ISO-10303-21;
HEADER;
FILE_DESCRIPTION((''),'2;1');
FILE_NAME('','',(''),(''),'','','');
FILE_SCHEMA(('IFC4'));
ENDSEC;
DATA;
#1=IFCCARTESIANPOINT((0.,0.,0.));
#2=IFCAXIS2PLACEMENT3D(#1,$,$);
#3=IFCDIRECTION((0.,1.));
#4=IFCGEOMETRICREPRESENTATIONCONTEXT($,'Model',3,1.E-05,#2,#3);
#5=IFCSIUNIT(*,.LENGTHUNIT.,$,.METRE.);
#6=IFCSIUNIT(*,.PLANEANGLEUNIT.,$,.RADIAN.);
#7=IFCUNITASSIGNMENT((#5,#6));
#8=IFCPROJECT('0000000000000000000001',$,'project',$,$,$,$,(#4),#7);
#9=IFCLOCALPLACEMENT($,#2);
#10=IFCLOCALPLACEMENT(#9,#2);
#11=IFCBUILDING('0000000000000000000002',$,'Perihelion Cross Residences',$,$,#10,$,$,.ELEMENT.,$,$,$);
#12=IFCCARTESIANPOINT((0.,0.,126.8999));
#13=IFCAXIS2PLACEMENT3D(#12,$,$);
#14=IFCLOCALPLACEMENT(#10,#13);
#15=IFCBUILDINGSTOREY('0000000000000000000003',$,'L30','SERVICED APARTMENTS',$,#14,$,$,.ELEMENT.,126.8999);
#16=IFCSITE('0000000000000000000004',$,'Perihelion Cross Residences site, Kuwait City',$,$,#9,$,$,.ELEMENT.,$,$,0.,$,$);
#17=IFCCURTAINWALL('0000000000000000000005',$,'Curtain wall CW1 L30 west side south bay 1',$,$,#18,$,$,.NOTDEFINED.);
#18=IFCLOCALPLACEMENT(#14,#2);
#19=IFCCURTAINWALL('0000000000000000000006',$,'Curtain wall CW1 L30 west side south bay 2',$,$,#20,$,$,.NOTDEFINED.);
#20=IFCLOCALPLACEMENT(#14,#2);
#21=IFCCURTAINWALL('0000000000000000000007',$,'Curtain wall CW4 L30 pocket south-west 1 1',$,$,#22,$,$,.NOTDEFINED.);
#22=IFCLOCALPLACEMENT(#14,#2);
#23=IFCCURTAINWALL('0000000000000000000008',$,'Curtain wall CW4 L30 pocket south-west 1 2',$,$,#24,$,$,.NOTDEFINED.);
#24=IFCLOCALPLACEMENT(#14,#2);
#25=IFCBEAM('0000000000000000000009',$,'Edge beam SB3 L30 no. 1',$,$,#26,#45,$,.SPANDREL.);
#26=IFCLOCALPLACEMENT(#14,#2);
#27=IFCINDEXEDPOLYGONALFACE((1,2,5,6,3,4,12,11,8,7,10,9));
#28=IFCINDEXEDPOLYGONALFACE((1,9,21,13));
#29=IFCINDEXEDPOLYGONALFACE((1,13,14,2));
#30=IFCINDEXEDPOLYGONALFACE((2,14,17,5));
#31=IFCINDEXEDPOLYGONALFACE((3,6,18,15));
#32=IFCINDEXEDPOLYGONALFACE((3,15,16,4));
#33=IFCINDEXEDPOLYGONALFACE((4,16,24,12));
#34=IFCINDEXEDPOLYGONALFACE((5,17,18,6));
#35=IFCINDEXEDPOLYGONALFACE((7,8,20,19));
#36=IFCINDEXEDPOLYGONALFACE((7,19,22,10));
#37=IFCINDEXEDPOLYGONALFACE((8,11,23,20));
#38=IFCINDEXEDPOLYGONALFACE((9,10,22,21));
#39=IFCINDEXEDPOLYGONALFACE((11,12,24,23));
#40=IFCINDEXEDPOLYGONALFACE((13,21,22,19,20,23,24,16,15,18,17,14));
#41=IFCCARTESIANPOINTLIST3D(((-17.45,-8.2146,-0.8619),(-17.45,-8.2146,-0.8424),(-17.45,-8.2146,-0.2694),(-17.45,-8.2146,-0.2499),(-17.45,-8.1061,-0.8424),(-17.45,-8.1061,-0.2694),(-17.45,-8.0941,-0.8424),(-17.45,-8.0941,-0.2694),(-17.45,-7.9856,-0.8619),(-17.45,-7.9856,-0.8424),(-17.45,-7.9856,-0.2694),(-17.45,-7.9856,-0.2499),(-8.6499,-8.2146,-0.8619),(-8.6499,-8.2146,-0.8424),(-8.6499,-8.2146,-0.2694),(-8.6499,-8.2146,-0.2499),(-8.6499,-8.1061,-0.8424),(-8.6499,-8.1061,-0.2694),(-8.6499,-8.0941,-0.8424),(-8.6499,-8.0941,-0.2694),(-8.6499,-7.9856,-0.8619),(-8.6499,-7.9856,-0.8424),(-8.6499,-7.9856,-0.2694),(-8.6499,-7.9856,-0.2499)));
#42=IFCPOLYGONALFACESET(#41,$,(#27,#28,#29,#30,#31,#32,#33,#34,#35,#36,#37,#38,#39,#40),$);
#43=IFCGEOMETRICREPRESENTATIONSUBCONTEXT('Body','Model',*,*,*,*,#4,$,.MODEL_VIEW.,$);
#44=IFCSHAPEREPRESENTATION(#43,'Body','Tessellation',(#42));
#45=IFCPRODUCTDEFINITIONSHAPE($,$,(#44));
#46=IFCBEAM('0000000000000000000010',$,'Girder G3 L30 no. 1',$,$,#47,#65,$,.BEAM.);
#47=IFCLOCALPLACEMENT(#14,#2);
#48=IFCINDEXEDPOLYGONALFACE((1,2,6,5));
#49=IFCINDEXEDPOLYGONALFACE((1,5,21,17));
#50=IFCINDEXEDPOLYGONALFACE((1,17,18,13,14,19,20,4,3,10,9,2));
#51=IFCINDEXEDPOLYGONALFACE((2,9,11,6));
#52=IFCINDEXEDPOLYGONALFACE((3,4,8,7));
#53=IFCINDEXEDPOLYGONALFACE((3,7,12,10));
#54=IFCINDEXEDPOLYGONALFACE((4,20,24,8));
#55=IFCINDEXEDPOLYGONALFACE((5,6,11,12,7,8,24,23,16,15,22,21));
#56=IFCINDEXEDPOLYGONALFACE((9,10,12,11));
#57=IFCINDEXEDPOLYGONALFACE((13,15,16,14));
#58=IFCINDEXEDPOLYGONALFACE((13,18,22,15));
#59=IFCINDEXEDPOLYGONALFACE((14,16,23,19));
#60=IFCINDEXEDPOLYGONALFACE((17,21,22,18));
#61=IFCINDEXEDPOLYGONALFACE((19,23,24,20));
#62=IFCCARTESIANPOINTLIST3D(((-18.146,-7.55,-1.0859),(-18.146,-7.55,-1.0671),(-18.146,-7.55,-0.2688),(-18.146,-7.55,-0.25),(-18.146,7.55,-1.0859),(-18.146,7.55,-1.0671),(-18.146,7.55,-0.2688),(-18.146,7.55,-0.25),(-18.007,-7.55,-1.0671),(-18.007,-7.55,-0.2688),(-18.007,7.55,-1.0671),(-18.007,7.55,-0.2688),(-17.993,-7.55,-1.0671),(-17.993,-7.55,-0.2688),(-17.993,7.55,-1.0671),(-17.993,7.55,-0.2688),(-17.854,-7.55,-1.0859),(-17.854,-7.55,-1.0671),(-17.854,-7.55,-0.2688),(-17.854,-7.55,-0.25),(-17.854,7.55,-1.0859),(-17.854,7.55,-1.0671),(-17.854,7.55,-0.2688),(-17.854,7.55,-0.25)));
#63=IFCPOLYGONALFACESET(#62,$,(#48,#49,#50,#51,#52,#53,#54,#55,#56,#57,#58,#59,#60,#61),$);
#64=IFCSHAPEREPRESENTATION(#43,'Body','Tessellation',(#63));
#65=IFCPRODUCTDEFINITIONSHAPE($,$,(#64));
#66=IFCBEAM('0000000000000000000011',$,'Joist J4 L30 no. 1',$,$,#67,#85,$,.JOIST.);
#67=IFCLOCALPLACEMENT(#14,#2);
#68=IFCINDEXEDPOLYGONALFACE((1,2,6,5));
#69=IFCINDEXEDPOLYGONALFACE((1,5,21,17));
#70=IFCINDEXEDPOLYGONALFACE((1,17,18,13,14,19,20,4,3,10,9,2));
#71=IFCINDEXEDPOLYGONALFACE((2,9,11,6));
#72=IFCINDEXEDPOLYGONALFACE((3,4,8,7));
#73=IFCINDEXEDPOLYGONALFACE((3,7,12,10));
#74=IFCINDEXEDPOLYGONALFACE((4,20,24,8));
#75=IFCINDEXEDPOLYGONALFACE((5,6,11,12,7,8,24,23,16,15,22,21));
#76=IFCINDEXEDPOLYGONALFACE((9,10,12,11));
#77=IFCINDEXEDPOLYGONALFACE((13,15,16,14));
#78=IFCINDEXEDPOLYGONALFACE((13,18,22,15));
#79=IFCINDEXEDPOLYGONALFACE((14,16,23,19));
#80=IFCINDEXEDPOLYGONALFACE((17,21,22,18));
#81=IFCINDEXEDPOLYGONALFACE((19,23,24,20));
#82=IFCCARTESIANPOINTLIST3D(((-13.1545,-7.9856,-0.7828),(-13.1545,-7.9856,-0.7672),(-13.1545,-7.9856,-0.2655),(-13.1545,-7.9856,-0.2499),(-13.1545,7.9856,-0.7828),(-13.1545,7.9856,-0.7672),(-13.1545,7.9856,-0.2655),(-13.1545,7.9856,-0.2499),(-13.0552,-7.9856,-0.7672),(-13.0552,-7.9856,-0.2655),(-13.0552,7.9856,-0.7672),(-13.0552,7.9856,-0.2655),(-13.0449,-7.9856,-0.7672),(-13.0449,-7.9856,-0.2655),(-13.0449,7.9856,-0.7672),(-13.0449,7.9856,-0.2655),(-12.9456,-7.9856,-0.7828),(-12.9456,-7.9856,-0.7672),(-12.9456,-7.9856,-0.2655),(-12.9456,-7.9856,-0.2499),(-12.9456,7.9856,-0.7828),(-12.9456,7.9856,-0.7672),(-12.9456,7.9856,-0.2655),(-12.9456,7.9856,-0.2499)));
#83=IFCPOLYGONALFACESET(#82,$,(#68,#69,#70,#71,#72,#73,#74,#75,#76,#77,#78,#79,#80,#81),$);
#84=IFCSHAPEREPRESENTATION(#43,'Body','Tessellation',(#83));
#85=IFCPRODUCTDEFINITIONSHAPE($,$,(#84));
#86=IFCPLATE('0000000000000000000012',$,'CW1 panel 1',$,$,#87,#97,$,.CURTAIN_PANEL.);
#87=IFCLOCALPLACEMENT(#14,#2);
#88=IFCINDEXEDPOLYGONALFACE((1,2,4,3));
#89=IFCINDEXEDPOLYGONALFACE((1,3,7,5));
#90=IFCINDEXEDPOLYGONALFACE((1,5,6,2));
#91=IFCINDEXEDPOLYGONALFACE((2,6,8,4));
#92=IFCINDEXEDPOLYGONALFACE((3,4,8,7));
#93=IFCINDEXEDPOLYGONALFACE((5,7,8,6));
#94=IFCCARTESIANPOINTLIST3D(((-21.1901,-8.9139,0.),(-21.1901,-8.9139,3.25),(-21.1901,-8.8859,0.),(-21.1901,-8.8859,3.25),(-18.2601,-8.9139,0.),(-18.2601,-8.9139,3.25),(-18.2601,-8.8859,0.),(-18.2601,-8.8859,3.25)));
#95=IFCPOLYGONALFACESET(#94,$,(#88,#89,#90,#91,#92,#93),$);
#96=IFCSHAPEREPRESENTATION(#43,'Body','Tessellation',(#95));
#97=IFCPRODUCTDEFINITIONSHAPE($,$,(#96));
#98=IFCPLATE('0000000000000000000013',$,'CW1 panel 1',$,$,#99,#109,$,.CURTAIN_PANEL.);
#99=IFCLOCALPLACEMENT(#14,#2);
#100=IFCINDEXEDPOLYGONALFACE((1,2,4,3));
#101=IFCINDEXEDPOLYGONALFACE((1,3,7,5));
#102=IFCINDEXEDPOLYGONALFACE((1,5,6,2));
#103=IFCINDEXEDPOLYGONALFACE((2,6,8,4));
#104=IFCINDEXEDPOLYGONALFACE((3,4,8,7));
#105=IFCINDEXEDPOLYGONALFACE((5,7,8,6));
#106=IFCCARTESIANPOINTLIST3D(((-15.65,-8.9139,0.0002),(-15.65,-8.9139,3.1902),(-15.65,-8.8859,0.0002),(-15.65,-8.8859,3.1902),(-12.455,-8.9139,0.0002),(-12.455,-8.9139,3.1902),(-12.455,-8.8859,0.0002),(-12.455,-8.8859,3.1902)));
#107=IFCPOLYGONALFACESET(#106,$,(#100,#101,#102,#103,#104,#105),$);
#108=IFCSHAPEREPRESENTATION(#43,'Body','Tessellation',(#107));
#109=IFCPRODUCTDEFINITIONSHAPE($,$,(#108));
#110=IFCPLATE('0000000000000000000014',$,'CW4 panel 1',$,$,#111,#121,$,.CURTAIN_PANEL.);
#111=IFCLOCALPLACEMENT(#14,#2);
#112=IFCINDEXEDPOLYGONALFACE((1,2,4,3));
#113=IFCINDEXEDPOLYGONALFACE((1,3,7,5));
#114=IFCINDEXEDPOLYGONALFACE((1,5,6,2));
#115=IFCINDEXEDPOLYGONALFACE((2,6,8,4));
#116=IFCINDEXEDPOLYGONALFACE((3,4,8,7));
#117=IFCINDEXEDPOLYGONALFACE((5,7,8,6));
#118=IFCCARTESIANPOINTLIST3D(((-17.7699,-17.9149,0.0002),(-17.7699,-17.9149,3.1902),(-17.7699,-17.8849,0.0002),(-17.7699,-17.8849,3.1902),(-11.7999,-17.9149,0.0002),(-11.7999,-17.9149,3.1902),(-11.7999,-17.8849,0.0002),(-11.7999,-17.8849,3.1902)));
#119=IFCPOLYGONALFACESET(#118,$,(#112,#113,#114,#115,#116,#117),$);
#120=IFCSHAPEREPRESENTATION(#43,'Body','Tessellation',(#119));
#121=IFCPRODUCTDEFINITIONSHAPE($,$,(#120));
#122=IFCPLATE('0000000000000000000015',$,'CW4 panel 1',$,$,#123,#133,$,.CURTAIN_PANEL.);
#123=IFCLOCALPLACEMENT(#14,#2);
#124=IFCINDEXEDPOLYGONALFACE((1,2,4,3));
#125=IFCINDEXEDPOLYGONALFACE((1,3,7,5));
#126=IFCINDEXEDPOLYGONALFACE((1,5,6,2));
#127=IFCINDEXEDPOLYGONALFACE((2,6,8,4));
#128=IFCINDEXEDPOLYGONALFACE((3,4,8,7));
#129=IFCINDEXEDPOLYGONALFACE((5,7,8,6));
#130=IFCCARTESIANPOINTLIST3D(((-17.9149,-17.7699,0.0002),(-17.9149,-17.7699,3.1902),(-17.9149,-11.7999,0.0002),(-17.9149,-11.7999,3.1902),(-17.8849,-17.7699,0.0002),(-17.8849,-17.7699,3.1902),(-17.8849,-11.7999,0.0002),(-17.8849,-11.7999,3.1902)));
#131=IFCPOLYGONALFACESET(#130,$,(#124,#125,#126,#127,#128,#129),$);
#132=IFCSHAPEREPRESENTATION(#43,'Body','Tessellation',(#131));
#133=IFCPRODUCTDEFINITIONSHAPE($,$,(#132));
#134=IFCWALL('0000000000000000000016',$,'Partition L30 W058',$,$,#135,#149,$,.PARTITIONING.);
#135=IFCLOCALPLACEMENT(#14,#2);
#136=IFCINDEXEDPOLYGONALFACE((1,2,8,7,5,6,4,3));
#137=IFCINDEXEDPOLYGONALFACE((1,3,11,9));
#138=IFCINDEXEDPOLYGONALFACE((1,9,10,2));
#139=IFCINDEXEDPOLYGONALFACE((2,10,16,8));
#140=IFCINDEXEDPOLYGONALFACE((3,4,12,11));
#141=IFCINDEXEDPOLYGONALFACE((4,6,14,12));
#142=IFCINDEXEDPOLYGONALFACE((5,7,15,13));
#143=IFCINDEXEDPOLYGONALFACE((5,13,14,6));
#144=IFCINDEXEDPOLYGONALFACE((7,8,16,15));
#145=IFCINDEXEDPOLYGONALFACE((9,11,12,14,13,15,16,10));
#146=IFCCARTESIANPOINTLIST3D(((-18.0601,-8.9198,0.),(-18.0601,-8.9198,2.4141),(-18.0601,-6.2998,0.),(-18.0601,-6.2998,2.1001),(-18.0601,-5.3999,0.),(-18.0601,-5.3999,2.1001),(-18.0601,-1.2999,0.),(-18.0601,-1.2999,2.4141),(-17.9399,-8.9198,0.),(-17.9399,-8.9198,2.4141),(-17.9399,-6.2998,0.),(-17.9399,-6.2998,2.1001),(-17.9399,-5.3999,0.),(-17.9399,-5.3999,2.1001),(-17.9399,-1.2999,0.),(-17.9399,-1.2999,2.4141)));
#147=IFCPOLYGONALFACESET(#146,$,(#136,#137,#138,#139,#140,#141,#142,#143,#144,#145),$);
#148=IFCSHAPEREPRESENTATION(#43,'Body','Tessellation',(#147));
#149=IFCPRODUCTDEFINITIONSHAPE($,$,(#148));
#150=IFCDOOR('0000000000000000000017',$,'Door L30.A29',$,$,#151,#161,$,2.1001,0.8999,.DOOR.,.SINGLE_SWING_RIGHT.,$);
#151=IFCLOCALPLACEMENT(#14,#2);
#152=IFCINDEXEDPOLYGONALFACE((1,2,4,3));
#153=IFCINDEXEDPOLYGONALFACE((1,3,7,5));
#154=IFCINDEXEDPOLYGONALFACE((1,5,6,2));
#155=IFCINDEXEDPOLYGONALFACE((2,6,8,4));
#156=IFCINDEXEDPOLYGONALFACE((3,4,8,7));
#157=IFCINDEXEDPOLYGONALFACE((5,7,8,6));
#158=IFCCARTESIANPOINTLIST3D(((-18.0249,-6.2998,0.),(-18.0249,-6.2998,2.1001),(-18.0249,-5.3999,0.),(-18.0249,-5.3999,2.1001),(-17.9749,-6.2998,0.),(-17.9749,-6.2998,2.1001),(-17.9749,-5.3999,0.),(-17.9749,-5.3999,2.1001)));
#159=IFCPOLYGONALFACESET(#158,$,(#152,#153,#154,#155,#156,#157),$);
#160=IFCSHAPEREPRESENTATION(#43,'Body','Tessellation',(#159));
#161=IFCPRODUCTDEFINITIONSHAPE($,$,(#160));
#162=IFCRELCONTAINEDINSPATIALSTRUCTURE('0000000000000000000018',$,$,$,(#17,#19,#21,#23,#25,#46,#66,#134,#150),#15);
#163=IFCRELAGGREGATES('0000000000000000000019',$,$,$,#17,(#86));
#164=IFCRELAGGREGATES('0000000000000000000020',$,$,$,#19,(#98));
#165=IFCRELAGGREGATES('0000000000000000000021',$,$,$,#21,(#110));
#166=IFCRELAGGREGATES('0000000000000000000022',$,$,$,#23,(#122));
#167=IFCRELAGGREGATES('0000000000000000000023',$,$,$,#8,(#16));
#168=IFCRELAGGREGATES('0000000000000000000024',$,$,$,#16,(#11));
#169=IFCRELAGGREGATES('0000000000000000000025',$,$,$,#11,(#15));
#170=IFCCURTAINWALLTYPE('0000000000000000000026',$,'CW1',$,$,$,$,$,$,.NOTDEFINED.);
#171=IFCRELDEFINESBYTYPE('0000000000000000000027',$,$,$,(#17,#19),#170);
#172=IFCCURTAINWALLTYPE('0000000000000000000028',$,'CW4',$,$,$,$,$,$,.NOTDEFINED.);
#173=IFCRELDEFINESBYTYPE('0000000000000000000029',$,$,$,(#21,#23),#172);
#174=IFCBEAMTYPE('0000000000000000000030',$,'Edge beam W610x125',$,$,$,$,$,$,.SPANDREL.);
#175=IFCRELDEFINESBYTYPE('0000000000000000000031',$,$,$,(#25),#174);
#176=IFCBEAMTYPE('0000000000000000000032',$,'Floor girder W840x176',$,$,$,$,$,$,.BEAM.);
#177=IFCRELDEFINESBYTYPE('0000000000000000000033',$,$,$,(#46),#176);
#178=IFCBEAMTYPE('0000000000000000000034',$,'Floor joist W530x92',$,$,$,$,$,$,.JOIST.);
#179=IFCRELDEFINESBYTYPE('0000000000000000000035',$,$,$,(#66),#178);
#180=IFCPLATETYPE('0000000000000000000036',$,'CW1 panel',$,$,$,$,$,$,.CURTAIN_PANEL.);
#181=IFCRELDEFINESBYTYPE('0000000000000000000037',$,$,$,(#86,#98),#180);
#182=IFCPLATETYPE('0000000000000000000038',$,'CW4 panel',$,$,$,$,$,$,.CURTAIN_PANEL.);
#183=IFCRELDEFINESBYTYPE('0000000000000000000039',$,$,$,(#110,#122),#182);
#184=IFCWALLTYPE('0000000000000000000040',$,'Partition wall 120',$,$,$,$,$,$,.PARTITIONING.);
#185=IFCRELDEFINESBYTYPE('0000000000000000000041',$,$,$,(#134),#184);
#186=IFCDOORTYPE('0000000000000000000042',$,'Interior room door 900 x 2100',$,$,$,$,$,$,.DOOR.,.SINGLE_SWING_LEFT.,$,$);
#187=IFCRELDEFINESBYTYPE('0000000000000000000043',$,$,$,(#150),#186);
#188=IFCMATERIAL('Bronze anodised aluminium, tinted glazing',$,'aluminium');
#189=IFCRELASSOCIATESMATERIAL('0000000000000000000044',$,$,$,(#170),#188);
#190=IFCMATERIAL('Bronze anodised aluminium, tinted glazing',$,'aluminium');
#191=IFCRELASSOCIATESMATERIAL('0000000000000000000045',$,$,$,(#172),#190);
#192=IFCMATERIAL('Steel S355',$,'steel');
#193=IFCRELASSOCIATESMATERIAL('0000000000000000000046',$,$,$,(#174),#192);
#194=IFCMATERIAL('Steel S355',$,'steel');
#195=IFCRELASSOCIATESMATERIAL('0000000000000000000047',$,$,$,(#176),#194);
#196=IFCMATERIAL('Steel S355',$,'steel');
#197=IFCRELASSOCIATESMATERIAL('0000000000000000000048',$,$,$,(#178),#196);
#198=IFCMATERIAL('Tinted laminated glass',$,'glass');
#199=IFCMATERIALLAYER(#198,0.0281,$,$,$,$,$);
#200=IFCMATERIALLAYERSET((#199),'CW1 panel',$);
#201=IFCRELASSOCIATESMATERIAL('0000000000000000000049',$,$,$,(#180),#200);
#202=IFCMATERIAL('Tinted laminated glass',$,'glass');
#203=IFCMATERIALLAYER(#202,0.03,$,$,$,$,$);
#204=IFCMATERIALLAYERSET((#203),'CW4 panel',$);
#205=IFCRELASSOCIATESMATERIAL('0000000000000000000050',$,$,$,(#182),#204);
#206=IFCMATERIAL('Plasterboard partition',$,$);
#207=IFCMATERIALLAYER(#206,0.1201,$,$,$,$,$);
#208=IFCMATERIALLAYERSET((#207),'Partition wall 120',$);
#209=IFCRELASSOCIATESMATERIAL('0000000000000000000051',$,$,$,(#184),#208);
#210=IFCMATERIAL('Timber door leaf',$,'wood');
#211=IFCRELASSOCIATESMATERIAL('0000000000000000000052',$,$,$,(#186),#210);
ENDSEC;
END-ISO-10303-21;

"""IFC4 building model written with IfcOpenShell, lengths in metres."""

from ifc_helpers import new_model, si_unit, direction, frame, frame_2d, origin, origin_2d, place, context, subcontext, project, spatial, rectangle, i_section, extrude, material, layer, layer_set, material_profile, profile_set, type_object, element, fill, aggregate, save


model = new_model("IFC4")

# Units and contexts
model_context = context("Model", 3, precision=1e-05, world=origin(), true_north=direction((0.0, 1.0)))
body_context = subcontext(model_context, "Body", "Model", "MODEL_VIEW")
ifc_project = project(units=[si_unit("LENGTHUNIT", "METRE"), si_unit("PLANEANGLEUNIT", "RADIAN")], contexts=[model_context])

# Site, building, storey
site_placement = place(None, origin())
site = spatial("IfcSite", under=ifc_project, at=site_placement, Name="Perihelion Cross Residences site, Kuwait City", CompositionType="ELEMENT", RefElevation=0.0)
building_placement = place(site_placement, origin())
building = spatial("IfcBuilding", under=site, at=building_placement, Name="Perihelion Cross Residences", CompositionType="ELEMENT")
storey_placement = place(building_placement, frame((0.0, 0.0, 126.8999)))
storey = spatial("IfcBuildingStorey", under=building, at=storey_placement, Name="L30", Description="SERVICED APARTMENTS", CompositionType="ELEMENT", Elevation=126.8999)

# Curtain wall
ifc_material_1 = material(Name="Bronze anodised aluminium, tinted glazing", Category="aluminium")
curtain_wall_type_1 = type_object("IfcCurtainWallType", Name="CW1", PredefinedType="NOTDEFINED", material=ifc_material_1)
curtain_wall_1_placement = place(storey_placement, origin())
curtain_wall_1 = element("IfcCurtainWall", 1, at=curtain_wall_1_placement, inside=storey, type_object=curtain_wall_type_1, Name="Curtain wall CW1 L30 west side south bay 1", PredefinedType="NOTDEFINED")

# Curtain walls
curtain_wall_2_placement = place(storey_placement, origin())
curtain_wall_2 = element("IfcCurtainWall", 2, at=curtain_wall_2_placement, inside=storey, type_object=curtain_wall_type_1, Name="Curtain wall CW1 L30 west side south bay 2", PredefinedType="NOTDEFINED")
ifc_material_2 = material(Name="Bronze anodised aluminium, tinted glazing", Category="aluminium")
curtain_wall_type_2 = type_object("IfcCurtainWallType", Name="CW4", PredefinedType="NOTDEFINED", material=ifc_material_2)
curtain_wall_3_placement = place(storey_placement, origin())
curtain_wall_3 = element("IfcCurtainWall", 3, at=curtain_wall_3_placement, inside=storey, type_object=curtain_wall_type_2, Name="Curtain wall CW4 L30 pocket south-west 1 1", PredefinedType="NOTDEFINED")
curtain_wall_4_placement = place(storey_placement, origin())
curtain_wall_4 = element("IfcCurtainWall", 4, at=curtain_wall_4_placement, inside=storey, type_object=curtain_wall_type_2, Name="Curtain wall CW4 L30 pocket south-west 1 2", PredefinedType="NOTDEFINED")

# Beams
ifc_material_3 = material(Name="Steel S355", Category="steel")
ifc_material_profile_1 = material_profile(ifc_material_3, i_section(OverallWidth=0.229, OverallDepth=0.6121, WebThickness=0.012, FlangeThickness=0.0195, at=origin_2d()), Name="W610x125")
ifc_profile_set_1 = profile_set([ifc_material_profile_1], Name="Steel S355")
beam_type_1 = type_object("IfcBeamType", Name="Edge beam W610x125", PredefinedType="SPANDREL", material=ifc_profile_set_1)
beam_1_placement = place(storey_placement, frame((-17.45, -8.1001, -0.5559), z_axis=(1.0, 0.0, 0.0), x_axis=(0.0, 1.0, 0.0)))
element("IfcBeam", 5, at=beam_1_placement, inside=storey, type_object=beam_type_1, Name="Edge beam SB3 L30 no. 1", PredefinedType="SPANDREL", context=body_context, shape_type="SweptSolid", body=[
    extrude(i_section(OverallWidth=0.229, OverallDepth=0.6121, WebThickness=0.012, FlangeThickness=0.0195, at=origin_2d()), origin(), (0.0, 0.0, 1.0), 8.8),
])
ifc_material_4 = material(Name="Steel S355", Category="steel")
ifc_material_profile_2 = material_profile(ifc_material_4, i_section(OverallWidth=0.292, OverallDepth=0.8359, WebThickness=0.0139, FlangeThickness=0.0188, at=origin_2d()), Name="W840x176")
ifc_profile_set_2 = profile_set([ifc_material_profile_2], Name="Steel S355")
beam_type_2 = type_object("IfcBeamType", Name="Floor girder W840x176", PredefinedType="BEAM", material=ifc_profile_set_2)
beam_2_placement = place(storey_placement, frame((-18.0, -7.55, -0.668), z_axis=(0.0, 1.0, 0.0), x_axis=(-1.0, 0.0, 0.0)))
element("IfcBeam", 6, at=beam_2_placement, inside=storey, type_object=beam_type_2, Name="Girder G3 L30 no. 1", PredefinedType="BEAM", context=body_context, shape_type="SweptSolid", body=[
    extrude(i_section(OverallWidth=0.292, OverallDepth=0.8359, WebThickness=0.0139, FlangeThickness=0.0188, at=origin_2d()), origin(), (0.0, 0.0, 1.0), 15.1001),
])
ifc_material_5 = material(Name="Steel S355", Category="steel")
ifc_material_profile_3 = material_profile(ifc_material_5, i_section(OverallWidth=0.209, OverallDepth=0.533, WebThickness=0.0103, FlangeThickness=0.0156, at=origin_2d()), Name="W530x92")
ifc_profile_set_3 = profile_set([ifc_material_profile_3], Name="Steel S355")
beam_type_3 = type_object("IfcBeamType", Name="Floor joist W530x92", PredefinedType="JOIST", material=ifc_profile_set_3)
beam_3_placement = place(storey_placement, frame((-13.05, -7.9856, -0.5164), z_axis=(0.0, 1.0, 0.0), x_axis=(-1.0, 0.0, 0.0)))
element("IfcBeam", 7, at=beam_3_placement, inside=storey, type_object=beam_type_3, Name="Joist J4 L30 no. 1", PredefinedType="JOIST", context=body_context, shape_type="SweptSolid", body=[
    extrude(i_section(OverallWidth=0.209, OverallDepth=0.533, WebThickness=0.0103, FlangeThickness=0.0156, at=origin_2d()), origin(), (0.0, 0.0, 1.0), 15.9712),
])

# Plates
ifc_material_6 = material(Name="Tinted laminated glass", Category="glass")
ifc_layer_1 = layer(ifc_material_6, 0.0281)
ifc_layer_set_1 = layer_set([ifc_layer_1], Name="CW1 panel")
plate_type_1 = type_object("IfcPlateType", Name="CW1 panel", PredefinedType="CURTAIN_PANEL", material=ifc_layer_set_1)
plate_1_placement = place(storey_placement, frame((-19.7251, -8.8999, 0.0), z_axis=(0.0, 0.0, 1.0), x_axis=(1.0, 0.0, 0.0)))
plate_1 = element("IfcPlate", 8, at=plate_1_placement, type_object=plate_type_1, Name="CW1 panel 1", PredefinedType="CURTAIN_PANEL", context=body_context, shape_type="SweptSolid", body=[
    extrude(rectangle(XDim=2.9299, YDim=0.0281, at=origin_2d()), origin(), (0.0, 0.0, 1.0), 3.25),
])
aggregate(curtain_wall_1, [plate_1])
plate_2_placement = place(storey_placement, frame((-14.0525, -8.8999, 0.0002), z_axis=(0.0, 0.0, 1.0), x_axis=(1.0, 0.0, 0.0)))
plate_2 = element("IfcPlate", 9, at=plate_2_placement, type_object=plate_type_1, Name="CW1 panel 1", PredefinedType="CURTAIN_PANEL", context=body_context, shape_type="SweptSolid", body=[
    extrude(rectangle(XDim=3.1951, YDim=0.0281, at=origin_2d()), origin(), (0.0, 0.0, 1.0), 3.1899),
])
aggregate(curtain_wall_2, [plate_2])
ifc_material_7 = material(Name="Tinted laminated glass", Category="glass")
ifc_layer_2 = layer(ifc_material_7, 0.03)
ifc_layer_set_2 = layer_set([ifc_layer_2], Name="CW4 panel")
plate_type_2 = type_object("IfcPlateType", Name="CW4 panel", PredefinedType="CURTAIN_PANEL", material=ifc_layer_set_2)
plate_3_placement = place(storey_placement, frame((-14.7849, -17.8999, 0.0002), z_axis=(0.0, 0.0, 1.0), x_axis=(-1.0, 0.0, 0.0)))
plate_3 = element("IfcPlate", 10, at=plate_3_placement, type_object=plate_type_2, Name="CW4 panel 1", PredefinedType="CURTAIN_PANEL", context=body_context, shape_type="SweptSolid", body=[
    extrude(rectangle(XDim=5.97, YDim=0.03, at=origin_2d()), origin(), (0.0, 0.0, 1.0), 3.1899),
])
aggregate(curtain_wall_3, [plate_3])
plate_4_placement = place(storey_placement, frame((-17.8999, -14.7849, 0.0002), z_axis=(0.0, 0.0, 1.0), x_axis=(0.0, 1.0, 0.0)))
plate_4 = element("IfcPlate", 11, at=plate_4_placement, type_object=plate_type_2, Name="CW4 panel 1", PredefinedType="CURTAIN_PANEL", context=body_context, shape_type="SweptSolid", body=[
    extrude(rectangle(XDim=5.97, YDim=0.03, at=origin_2d()), origin(), (0.0, 0.0, 1.0), 3.1899),
])
aggregate(curtain_wall_4, [plate_4])

# Wall, opening, door
ifc_material_8 = material(Name="Plasterboard partition")
ifc_layer_3 = layer(ifc_material_8, 0.1201)
ifc_layer_set_3 = layer_set([ifc_layer_3], Name="Partition wall 120")
wall_type_1 = type_object("IfcWallType", Name="Partition wall 120", PredefinedType="PARTITIONING", material=ifc_layer_set_3)
wall_1_placement = place(storey_placement, frame((-18.0, -8.9199, 0.0), z_axis=(0.0, 0.0, 1.0), x_axis=(0.0, 1.0, 0.0)))
wall_1 = element("IfcWall", 12, at=wall_1_placement, inside=storey, type_object=wall_type_1, Name="Partition L30 W058", PredefinedType="PARTITIONING", context=body_context, shape_type="SweptSolid", body=[
    extrude(rectangle(XDim=7.6199, YDim=0.1201, at=frame_2d((3.8101, 0.0))), origin(), (0.0, 0.0, 1.0), 2.4141),
])
opening_1_placement = place(wall_1_placement, frame((2.6201, 0.0, 0.0)))
opening_1 = element("IfcOpeningElement", 13, at=opening_1_placement, cuts=wall_1, PredefinedType="OPENING", context=body_context, shape_type="SweptSolid", body=[
    extrude(rectangle(XDim=0.8999, YDim=2.1001, at=frame_2d((0.45, 1.05))), frame((0.0, 0.0701, 0.0), z_axis=(0.0, -1.0, 0.0), x_axis=(1.0, 0.0, 0.0)), (0.0, 0.0, 1.0), 0.1401),
])
ifc_material_9 = material(Name="Timber door leaf", Category="wood")
door_type_1 = type_object("IfcDoorType", Name="Interior room door 900 x 2100", OperationType="SINGLE_SWING_LEFT", PredefinedType="DOOR", material=ifc_material_9)
door_1_placement = place(opening_1_placement, origin())
door_1 = element("IfcDoor", 14, at=door_1_placement, inside=storey, type_object=door_type_1, Name="Door L30.A29", OperationType="SINGLE_SWING_RIGHT", OverallHeight=2.1001, OverallWidth=0.8999, PredefinedType="DOOR", context=body_context, shape_type="SweptSolid", body=[
    extrude(rectangle(XDim=0.8999, YDim=2.1001, at=frame_2d((0.45, 1.05))), frame((0.0, 0.0249, 0.0), z_axis=(0.0, -1.0, 0.0), x_axis=(1.0, 0.0, 0.0)), (0.0, 0.0, 1.0), 0.05),
])
fill(opening_1, door_1)

save(model, "model.ifc")
